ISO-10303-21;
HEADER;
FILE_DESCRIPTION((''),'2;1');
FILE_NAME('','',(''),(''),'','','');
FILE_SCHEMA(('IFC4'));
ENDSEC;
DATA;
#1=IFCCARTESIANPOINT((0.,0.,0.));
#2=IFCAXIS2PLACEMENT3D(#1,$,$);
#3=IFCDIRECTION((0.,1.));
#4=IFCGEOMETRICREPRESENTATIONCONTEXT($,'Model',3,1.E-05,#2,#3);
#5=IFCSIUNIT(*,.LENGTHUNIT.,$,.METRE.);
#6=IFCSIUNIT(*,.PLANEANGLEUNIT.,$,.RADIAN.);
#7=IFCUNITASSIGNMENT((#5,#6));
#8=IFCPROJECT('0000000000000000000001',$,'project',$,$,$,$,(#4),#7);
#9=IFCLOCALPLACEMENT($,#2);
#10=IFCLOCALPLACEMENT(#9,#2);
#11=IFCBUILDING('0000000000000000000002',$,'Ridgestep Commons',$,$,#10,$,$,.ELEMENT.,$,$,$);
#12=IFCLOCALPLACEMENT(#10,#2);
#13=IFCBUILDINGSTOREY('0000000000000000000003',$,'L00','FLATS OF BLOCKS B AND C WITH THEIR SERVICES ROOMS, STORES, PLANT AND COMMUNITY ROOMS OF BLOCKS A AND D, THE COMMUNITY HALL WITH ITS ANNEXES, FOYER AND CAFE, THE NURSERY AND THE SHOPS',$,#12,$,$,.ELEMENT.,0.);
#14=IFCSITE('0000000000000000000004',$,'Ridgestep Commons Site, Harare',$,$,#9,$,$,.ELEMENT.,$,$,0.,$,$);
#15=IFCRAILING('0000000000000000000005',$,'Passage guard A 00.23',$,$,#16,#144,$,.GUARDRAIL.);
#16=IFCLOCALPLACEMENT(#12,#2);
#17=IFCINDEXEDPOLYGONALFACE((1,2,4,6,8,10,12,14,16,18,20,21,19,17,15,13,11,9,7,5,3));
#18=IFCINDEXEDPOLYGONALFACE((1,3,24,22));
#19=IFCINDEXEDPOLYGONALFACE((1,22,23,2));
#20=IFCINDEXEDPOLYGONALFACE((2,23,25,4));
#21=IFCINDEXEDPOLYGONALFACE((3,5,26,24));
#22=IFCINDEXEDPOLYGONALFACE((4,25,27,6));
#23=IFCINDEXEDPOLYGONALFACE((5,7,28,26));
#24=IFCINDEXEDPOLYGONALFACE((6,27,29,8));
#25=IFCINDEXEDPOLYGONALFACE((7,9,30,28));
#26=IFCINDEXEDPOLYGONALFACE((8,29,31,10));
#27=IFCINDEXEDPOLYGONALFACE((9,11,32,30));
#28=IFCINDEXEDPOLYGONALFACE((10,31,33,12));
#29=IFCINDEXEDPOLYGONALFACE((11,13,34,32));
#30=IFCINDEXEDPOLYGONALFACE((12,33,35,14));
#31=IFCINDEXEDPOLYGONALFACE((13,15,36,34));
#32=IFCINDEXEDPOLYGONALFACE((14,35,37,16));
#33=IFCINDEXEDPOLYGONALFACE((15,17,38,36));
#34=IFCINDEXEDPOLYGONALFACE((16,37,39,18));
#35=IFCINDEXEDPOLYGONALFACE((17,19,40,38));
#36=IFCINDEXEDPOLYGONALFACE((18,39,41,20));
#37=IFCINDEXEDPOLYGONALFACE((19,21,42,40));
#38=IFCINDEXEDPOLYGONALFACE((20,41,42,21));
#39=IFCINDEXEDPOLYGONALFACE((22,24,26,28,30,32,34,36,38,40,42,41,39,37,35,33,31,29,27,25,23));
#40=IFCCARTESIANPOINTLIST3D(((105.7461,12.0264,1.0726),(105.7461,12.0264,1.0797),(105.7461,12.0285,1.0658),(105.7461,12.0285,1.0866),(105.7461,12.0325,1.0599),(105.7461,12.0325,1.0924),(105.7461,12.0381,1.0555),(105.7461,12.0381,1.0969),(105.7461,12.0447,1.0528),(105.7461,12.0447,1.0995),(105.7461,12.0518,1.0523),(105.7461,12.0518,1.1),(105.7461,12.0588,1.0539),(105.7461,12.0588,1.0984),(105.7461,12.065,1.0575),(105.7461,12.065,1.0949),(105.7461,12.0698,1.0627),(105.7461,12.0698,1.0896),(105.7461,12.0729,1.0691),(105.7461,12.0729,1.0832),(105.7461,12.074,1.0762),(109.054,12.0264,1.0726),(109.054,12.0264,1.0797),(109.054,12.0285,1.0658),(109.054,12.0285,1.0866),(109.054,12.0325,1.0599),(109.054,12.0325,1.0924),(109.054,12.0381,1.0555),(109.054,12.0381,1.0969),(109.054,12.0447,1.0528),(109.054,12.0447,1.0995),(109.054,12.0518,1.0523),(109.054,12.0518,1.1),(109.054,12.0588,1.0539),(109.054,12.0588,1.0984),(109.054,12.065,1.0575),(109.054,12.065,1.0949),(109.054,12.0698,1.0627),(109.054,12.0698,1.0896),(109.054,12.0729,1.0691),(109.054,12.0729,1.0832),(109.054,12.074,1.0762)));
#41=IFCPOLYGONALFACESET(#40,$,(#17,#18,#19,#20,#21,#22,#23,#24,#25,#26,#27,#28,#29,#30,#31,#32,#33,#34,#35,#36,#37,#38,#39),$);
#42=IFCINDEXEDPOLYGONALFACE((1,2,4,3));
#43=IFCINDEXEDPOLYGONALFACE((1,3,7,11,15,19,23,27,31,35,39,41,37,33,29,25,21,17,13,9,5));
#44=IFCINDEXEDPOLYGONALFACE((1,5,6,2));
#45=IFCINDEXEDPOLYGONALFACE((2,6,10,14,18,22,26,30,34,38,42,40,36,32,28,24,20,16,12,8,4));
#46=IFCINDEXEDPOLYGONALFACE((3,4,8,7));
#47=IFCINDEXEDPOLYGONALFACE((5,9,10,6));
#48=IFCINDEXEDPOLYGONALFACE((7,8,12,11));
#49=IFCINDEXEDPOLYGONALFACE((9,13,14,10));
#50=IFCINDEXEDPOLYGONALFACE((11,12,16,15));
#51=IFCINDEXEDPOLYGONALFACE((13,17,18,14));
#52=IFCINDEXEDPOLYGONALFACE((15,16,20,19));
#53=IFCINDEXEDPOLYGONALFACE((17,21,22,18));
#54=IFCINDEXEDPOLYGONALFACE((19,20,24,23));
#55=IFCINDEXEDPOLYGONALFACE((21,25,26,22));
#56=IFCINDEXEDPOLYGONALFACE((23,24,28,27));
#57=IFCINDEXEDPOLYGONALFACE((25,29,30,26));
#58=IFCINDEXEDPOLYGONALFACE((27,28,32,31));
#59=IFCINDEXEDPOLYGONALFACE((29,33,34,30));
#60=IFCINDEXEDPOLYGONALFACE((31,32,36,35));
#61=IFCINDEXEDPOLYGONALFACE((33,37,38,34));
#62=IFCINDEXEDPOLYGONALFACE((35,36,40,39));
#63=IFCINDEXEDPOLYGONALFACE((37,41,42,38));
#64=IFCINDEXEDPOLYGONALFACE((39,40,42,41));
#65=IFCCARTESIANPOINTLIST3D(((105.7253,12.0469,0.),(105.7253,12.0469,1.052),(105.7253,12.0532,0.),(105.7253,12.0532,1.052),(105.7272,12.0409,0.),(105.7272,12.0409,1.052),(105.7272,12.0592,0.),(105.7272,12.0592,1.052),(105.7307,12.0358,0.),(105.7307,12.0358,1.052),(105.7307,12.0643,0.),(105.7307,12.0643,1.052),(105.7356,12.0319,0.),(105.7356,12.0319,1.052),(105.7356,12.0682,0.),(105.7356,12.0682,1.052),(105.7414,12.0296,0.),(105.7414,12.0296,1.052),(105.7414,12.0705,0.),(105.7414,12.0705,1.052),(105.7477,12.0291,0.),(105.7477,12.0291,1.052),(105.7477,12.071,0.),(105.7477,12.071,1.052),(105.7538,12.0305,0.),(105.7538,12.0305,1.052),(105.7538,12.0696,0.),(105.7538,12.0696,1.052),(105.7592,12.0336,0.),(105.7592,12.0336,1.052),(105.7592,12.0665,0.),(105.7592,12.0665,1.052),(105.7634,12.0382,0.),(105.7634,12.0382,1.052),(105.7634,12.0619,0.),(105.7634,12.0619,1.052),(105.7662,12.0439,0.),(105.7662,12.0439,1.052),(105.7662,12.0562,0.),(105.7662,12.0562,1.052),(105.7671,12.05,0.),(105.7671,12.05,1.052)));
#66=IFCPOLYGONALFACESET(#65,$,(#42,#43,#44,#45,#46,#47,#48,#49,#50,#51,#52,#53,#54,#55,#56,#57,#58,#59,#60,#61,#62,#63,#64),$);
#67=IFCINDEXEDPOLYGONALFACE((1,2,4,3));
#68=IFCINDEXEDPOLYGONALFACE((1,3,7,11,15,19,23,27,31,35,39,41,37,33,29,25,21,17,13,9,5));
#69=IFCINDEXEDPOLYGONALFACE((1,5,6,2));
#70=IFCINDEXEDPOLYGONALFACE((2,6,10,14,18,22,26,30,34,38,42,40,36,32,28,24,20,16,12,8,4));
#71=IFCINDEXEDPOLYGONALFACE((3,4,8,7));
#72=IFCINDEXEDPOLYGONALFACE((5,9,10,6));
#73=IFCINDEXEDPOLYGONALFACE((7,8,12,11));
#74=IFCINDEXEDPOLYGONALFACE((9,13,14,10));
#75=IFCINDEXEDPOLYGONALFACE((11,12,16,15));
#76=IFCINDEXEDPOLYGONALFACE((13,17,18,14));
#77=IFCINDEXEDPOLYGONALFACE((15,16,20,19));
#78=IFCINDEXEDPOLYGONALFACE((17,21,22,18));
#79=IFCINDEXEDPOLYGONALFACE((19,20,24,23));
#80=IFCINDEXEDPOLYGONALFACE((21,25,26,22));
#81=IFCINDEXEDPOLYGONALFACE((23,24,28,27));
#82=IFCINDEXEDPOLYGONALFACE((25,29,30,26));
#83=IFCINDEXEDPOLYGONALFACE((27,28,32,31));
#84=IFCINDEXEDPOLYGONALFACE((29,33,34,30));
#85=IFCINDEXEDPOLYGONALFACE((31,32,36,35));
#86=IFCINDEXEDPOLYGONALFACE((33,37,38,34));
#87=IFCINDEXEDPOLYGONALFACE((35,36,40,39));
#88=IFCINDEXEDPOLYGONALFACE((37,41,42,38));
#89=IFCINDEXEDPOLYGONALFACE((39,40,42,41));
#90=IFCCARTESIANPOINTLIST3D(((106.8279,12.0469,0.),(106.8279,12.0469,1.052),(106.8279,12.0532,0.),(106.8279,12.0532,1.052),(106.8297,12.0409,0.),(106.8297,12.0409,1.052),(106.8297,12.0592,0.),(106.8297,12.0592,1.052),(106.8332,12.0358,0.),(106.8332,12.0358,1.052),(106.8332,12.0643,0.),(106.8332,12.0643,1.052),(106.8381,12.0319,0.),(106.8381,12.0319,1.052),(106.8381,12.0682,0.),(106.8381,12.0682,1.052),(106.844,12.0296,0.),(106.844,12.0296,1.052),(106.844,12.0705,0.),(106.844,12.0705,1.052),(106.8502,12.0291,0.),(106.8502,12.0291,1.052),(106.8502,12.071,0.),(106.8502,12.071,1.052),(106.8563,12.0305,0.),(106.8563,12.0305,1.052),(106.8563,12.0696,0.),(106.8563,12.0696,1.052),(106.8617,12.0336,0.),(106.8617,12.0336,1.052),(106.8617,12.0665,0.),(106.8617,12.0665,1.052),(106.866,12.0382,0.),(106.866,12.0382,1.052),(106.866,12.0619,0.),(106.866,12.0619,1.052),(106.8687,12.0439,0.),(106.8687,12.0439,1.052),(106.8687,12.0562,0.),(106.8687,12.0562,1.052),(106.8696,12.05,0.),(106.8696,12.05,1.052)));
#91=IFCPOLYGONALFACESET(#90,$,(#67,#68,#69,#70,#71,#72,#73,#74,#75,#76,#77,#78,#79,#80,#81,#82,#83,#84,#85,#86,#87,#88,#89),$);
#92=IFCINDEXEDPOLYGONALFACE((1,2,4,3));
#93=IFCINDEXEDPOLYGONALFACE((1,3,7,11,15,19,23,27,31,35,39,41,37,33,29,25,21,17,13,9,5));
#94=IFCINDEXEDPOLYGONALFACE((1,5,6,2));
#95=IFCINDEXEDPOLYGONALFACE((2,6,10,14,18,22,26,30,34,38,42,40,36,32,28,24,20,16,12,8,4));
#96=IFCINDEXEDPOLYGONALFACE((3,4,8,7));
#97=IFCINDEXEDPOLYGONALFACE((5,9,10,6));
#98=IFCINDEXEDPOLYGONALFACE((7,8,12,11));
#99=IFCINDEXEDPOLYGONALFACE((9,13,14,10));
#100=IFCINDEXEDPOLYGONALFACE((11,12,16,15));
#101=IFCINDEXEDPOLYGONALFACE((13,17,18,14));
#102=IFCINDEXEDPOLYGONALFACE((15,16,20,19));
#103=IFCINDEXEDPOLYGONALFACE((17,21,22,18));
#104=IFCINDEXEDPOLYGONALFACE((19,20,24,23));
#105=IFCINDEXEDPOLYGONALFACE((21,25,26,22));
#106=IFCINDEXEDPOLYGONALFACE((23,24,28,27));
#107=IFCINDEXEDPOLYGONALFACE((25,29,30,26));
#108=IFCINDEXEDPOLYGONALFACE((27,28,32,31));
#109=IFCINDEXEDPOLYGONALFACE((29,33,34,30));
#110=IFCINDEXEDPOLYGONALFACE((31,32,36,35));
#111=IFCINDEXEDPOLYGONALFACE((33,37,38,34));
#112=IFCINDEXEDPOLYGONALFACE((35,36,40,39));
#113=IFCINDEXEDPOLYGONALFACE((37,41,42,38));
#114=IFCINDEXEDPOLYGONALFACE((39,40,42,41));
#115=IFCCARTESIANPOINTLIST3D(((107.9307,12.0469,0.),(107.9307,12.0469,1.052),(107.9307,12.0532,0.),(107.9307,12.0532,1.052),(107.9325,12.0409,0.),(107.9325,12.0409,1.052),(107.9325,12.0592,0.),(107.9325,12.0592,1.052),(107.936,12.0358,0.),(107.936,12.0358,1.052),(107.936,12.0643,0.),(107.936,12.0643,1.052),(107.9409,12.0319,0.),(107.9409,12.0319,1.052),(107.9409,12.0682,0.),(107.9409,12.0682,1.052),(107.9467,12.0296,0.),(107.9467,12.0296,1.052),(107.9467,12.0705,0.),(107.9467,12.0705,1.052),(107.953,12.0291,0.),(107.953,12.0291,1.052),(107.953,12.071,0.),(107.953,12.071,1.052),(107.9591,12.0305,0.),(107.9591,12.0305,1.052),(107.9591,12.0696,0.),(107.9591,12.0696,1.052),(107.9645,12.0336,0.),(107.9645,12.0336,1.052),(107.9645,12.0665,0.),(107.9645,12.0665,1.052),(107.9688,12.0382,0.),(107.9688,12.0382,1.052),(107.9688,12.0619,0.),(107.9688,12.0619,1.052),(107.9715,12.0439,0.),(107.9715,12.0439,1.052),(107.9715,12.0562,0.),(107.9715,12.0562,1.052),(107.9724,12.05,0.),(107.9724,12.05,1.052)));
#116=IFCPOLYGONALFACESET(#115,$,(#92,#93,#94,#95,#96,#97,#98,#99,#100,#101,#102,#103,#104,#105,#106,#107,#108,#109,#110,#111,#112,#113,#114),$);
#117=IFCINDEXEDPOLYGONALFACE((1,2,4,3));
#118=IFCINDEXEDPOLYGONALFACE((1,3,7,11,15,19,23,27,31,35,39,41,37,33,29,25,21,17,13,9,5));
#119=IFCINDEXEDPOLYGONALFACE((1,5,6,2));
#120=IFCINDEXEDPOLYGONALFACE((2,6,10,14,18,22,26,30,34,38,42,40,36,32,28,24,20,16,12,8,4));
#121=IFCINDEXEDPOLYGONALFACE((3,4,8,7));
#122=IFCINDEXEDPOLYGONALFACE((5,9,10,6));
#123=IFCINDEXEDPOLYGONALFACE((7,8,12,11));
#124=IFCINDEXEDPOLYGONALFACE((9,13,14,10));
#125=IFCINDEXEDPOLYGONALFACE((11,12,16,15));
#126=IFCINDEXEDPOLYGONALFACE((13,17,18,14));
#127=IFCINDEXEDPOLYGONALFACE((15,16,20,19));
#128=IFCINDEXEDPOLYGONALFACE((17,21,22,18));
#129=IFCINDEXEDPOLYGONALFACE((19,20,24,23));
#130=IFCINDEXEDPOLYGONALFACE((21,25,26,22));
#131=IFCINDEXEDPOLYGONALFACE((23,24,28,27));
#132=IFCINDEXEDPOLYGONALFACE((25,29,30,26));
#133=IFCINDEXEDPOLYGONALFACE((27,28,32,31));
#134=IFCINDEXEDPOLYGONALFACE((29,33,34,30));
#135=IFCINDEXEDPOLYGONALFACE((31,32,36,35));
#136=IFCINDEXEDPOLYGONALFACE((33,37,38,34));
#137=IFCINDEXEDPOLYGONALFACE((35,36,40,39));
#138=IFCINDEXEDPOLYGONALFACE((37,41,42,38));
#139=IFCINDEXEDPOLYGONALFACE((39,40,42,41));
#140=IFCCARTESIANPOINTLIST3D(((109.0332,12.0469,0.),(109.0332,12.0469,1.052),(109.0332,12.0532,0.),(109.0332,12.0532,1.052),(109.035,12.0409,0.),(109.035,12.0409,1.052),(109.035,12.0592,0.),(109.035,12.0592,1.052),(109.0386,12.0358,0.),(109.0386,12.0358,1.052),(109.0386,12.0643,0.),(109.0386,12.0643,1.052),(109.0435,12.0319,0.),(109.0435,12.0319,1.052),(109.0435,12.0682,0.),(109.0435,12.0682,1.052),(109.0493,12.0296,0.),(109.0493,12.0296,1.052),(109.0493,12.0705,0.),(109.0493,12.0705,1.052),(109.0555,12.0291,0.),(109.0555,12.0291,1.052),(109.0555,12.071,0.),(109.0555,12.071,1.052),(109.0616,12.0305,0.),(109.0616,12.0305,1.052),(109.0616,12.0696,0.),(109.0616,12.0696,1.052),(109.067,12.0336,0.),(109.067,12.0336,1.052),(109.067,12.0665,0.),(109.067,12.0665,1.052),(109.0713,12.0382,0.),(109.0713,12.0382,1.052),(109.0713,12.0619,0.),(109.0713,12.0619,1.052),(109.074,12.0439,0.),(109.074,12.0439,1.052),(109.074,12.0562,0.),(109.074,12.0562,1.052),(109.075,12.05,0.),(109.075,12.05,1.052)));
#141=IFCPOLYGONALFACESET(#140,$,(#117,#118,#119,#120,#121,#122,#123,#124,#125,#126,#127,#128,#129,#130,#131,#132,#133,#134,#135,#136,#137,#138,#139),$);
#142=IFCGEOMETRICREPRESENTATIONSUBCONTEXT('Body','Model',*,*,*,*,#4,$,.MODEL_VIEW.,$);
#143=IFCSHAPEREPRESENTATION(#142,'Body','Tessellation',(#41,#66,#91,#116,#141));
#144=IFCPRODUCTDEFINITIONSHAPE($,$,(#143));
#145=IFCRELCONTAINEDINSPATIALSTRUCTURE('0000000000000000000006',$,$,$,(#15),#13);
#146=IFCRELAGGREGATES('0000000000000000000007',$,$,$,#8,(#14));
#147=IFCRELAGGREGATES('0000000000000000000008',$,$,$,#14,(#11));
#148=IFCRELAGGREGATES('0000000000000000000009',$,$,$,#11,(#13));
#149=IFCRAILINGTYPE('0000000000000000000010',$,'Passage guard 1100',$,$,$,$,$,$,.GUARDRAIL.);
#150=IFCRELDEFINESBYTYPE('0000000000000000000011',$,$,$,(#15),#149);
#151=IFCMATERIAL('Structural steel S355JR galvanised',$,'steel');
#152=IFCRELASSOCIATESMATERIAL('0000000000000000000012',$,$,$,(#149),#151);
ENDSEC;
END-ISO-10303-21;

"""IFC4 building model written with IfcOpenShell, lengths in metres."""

from ifc_helpers import new_model, si_unit, direction, frame, origin, origin_2d, place, context, subcontext, project, spatial, circle, extrude, material, type_object, element, save


model = new_model("IFC4")

# Units and contexts
model_context = context("Model", 3, precision=1e-05, world=origin(), true_north=direction((0.0, 1.0)))
body_context = subcontext(model_context, "Body", "Model", "MODEL_VIEW")
ifc_project = project(units=[si_unit("LENGTHUNIT", "METRE"), si_unit("PLANEANGLEUNIT", "RADIAN")], contexts=[model_context])

# Site, building, storey
site_placement = place(None, origin())
site = spatial("IfcSite", under=ifc_project, at=site_placement, Name="Ridgestep Commons Site, Harare", CompositionType="ELEMENT", RefElevation=0.0)
building_placement = place(site_placement, origin())
building = spatial("IfcBuilding", under=site, at=building_placement, Name="Ridgestep Commons", CompositionType="ELEMENT")
storey_placement = place(building_placement, origin())
storey = spatial("IfcBuildingStorey", under=building, at=storey_placement, Name="L00", Description="FLATS OF BLOCKS B AND C WITH THEIR SERVICES ROOMS, STORES, PLANT AND COMMUNITY ROOMS OF BLOCKS A AND D, THE COMMUNITY HALL WITH ITS ANNEXES, FOYER AND CAFE, THE NURSERY AND THE SHOPS", CompositionType="ELEMENT", Elevation=0.0)

# Railing
ifc_material_1 = material(Name="Structural steel S355JR galvanised", Category="steel")
railing_type_1 = type_object("IfcRailingType", Name="Passage guard 1100", PredefinedType="GUARDRAIL", material=ifc_material_1)
railing_1_placement = place(storey_placement, frame((105.7461, 12.05, 0.0)))
element("IfcRailing", 1, at=railing_1_placement, inside=storey, type_object=railing_type_1, Name="Passage guard A 00.23", PredefinedType="GUARDRAIL", context=body_context, shape_type="SweptSolid", body=[
    extrude(circle(Radius=0.0239, at=origin_2d()), frame((0.0, 0.0, 1.0762), z_axis=(1.0, 0.0, 0.0), x_axis=(0.0, 1.0, 0.0)), (0.0, 0.0, 1.0), 3.3079),
    extrude(circle(Radius=0.021, at=origin_2d()), origin(), (0.0, 0.0, 1.0), 1.052),
    extrude(circle(Radius=0.021, at=origin_2d()), frame((1.1025, 0.0, 0.0)), (0.0, 0.0, 1.0), 1.052),
    extrude(circle(Radius=0.021, at=origin_2d()), frame((2.2053, 0.0, 0.0)), (0.0, 0.0, 1.0), 1.052),
    extrude(circle(Radius=0.021, at=origin_2d()), frame((3.3079, 0.0, 0.0)), (0.0, 0.0, 1.0), 1.052),
])

save(model, "model.ifc")
